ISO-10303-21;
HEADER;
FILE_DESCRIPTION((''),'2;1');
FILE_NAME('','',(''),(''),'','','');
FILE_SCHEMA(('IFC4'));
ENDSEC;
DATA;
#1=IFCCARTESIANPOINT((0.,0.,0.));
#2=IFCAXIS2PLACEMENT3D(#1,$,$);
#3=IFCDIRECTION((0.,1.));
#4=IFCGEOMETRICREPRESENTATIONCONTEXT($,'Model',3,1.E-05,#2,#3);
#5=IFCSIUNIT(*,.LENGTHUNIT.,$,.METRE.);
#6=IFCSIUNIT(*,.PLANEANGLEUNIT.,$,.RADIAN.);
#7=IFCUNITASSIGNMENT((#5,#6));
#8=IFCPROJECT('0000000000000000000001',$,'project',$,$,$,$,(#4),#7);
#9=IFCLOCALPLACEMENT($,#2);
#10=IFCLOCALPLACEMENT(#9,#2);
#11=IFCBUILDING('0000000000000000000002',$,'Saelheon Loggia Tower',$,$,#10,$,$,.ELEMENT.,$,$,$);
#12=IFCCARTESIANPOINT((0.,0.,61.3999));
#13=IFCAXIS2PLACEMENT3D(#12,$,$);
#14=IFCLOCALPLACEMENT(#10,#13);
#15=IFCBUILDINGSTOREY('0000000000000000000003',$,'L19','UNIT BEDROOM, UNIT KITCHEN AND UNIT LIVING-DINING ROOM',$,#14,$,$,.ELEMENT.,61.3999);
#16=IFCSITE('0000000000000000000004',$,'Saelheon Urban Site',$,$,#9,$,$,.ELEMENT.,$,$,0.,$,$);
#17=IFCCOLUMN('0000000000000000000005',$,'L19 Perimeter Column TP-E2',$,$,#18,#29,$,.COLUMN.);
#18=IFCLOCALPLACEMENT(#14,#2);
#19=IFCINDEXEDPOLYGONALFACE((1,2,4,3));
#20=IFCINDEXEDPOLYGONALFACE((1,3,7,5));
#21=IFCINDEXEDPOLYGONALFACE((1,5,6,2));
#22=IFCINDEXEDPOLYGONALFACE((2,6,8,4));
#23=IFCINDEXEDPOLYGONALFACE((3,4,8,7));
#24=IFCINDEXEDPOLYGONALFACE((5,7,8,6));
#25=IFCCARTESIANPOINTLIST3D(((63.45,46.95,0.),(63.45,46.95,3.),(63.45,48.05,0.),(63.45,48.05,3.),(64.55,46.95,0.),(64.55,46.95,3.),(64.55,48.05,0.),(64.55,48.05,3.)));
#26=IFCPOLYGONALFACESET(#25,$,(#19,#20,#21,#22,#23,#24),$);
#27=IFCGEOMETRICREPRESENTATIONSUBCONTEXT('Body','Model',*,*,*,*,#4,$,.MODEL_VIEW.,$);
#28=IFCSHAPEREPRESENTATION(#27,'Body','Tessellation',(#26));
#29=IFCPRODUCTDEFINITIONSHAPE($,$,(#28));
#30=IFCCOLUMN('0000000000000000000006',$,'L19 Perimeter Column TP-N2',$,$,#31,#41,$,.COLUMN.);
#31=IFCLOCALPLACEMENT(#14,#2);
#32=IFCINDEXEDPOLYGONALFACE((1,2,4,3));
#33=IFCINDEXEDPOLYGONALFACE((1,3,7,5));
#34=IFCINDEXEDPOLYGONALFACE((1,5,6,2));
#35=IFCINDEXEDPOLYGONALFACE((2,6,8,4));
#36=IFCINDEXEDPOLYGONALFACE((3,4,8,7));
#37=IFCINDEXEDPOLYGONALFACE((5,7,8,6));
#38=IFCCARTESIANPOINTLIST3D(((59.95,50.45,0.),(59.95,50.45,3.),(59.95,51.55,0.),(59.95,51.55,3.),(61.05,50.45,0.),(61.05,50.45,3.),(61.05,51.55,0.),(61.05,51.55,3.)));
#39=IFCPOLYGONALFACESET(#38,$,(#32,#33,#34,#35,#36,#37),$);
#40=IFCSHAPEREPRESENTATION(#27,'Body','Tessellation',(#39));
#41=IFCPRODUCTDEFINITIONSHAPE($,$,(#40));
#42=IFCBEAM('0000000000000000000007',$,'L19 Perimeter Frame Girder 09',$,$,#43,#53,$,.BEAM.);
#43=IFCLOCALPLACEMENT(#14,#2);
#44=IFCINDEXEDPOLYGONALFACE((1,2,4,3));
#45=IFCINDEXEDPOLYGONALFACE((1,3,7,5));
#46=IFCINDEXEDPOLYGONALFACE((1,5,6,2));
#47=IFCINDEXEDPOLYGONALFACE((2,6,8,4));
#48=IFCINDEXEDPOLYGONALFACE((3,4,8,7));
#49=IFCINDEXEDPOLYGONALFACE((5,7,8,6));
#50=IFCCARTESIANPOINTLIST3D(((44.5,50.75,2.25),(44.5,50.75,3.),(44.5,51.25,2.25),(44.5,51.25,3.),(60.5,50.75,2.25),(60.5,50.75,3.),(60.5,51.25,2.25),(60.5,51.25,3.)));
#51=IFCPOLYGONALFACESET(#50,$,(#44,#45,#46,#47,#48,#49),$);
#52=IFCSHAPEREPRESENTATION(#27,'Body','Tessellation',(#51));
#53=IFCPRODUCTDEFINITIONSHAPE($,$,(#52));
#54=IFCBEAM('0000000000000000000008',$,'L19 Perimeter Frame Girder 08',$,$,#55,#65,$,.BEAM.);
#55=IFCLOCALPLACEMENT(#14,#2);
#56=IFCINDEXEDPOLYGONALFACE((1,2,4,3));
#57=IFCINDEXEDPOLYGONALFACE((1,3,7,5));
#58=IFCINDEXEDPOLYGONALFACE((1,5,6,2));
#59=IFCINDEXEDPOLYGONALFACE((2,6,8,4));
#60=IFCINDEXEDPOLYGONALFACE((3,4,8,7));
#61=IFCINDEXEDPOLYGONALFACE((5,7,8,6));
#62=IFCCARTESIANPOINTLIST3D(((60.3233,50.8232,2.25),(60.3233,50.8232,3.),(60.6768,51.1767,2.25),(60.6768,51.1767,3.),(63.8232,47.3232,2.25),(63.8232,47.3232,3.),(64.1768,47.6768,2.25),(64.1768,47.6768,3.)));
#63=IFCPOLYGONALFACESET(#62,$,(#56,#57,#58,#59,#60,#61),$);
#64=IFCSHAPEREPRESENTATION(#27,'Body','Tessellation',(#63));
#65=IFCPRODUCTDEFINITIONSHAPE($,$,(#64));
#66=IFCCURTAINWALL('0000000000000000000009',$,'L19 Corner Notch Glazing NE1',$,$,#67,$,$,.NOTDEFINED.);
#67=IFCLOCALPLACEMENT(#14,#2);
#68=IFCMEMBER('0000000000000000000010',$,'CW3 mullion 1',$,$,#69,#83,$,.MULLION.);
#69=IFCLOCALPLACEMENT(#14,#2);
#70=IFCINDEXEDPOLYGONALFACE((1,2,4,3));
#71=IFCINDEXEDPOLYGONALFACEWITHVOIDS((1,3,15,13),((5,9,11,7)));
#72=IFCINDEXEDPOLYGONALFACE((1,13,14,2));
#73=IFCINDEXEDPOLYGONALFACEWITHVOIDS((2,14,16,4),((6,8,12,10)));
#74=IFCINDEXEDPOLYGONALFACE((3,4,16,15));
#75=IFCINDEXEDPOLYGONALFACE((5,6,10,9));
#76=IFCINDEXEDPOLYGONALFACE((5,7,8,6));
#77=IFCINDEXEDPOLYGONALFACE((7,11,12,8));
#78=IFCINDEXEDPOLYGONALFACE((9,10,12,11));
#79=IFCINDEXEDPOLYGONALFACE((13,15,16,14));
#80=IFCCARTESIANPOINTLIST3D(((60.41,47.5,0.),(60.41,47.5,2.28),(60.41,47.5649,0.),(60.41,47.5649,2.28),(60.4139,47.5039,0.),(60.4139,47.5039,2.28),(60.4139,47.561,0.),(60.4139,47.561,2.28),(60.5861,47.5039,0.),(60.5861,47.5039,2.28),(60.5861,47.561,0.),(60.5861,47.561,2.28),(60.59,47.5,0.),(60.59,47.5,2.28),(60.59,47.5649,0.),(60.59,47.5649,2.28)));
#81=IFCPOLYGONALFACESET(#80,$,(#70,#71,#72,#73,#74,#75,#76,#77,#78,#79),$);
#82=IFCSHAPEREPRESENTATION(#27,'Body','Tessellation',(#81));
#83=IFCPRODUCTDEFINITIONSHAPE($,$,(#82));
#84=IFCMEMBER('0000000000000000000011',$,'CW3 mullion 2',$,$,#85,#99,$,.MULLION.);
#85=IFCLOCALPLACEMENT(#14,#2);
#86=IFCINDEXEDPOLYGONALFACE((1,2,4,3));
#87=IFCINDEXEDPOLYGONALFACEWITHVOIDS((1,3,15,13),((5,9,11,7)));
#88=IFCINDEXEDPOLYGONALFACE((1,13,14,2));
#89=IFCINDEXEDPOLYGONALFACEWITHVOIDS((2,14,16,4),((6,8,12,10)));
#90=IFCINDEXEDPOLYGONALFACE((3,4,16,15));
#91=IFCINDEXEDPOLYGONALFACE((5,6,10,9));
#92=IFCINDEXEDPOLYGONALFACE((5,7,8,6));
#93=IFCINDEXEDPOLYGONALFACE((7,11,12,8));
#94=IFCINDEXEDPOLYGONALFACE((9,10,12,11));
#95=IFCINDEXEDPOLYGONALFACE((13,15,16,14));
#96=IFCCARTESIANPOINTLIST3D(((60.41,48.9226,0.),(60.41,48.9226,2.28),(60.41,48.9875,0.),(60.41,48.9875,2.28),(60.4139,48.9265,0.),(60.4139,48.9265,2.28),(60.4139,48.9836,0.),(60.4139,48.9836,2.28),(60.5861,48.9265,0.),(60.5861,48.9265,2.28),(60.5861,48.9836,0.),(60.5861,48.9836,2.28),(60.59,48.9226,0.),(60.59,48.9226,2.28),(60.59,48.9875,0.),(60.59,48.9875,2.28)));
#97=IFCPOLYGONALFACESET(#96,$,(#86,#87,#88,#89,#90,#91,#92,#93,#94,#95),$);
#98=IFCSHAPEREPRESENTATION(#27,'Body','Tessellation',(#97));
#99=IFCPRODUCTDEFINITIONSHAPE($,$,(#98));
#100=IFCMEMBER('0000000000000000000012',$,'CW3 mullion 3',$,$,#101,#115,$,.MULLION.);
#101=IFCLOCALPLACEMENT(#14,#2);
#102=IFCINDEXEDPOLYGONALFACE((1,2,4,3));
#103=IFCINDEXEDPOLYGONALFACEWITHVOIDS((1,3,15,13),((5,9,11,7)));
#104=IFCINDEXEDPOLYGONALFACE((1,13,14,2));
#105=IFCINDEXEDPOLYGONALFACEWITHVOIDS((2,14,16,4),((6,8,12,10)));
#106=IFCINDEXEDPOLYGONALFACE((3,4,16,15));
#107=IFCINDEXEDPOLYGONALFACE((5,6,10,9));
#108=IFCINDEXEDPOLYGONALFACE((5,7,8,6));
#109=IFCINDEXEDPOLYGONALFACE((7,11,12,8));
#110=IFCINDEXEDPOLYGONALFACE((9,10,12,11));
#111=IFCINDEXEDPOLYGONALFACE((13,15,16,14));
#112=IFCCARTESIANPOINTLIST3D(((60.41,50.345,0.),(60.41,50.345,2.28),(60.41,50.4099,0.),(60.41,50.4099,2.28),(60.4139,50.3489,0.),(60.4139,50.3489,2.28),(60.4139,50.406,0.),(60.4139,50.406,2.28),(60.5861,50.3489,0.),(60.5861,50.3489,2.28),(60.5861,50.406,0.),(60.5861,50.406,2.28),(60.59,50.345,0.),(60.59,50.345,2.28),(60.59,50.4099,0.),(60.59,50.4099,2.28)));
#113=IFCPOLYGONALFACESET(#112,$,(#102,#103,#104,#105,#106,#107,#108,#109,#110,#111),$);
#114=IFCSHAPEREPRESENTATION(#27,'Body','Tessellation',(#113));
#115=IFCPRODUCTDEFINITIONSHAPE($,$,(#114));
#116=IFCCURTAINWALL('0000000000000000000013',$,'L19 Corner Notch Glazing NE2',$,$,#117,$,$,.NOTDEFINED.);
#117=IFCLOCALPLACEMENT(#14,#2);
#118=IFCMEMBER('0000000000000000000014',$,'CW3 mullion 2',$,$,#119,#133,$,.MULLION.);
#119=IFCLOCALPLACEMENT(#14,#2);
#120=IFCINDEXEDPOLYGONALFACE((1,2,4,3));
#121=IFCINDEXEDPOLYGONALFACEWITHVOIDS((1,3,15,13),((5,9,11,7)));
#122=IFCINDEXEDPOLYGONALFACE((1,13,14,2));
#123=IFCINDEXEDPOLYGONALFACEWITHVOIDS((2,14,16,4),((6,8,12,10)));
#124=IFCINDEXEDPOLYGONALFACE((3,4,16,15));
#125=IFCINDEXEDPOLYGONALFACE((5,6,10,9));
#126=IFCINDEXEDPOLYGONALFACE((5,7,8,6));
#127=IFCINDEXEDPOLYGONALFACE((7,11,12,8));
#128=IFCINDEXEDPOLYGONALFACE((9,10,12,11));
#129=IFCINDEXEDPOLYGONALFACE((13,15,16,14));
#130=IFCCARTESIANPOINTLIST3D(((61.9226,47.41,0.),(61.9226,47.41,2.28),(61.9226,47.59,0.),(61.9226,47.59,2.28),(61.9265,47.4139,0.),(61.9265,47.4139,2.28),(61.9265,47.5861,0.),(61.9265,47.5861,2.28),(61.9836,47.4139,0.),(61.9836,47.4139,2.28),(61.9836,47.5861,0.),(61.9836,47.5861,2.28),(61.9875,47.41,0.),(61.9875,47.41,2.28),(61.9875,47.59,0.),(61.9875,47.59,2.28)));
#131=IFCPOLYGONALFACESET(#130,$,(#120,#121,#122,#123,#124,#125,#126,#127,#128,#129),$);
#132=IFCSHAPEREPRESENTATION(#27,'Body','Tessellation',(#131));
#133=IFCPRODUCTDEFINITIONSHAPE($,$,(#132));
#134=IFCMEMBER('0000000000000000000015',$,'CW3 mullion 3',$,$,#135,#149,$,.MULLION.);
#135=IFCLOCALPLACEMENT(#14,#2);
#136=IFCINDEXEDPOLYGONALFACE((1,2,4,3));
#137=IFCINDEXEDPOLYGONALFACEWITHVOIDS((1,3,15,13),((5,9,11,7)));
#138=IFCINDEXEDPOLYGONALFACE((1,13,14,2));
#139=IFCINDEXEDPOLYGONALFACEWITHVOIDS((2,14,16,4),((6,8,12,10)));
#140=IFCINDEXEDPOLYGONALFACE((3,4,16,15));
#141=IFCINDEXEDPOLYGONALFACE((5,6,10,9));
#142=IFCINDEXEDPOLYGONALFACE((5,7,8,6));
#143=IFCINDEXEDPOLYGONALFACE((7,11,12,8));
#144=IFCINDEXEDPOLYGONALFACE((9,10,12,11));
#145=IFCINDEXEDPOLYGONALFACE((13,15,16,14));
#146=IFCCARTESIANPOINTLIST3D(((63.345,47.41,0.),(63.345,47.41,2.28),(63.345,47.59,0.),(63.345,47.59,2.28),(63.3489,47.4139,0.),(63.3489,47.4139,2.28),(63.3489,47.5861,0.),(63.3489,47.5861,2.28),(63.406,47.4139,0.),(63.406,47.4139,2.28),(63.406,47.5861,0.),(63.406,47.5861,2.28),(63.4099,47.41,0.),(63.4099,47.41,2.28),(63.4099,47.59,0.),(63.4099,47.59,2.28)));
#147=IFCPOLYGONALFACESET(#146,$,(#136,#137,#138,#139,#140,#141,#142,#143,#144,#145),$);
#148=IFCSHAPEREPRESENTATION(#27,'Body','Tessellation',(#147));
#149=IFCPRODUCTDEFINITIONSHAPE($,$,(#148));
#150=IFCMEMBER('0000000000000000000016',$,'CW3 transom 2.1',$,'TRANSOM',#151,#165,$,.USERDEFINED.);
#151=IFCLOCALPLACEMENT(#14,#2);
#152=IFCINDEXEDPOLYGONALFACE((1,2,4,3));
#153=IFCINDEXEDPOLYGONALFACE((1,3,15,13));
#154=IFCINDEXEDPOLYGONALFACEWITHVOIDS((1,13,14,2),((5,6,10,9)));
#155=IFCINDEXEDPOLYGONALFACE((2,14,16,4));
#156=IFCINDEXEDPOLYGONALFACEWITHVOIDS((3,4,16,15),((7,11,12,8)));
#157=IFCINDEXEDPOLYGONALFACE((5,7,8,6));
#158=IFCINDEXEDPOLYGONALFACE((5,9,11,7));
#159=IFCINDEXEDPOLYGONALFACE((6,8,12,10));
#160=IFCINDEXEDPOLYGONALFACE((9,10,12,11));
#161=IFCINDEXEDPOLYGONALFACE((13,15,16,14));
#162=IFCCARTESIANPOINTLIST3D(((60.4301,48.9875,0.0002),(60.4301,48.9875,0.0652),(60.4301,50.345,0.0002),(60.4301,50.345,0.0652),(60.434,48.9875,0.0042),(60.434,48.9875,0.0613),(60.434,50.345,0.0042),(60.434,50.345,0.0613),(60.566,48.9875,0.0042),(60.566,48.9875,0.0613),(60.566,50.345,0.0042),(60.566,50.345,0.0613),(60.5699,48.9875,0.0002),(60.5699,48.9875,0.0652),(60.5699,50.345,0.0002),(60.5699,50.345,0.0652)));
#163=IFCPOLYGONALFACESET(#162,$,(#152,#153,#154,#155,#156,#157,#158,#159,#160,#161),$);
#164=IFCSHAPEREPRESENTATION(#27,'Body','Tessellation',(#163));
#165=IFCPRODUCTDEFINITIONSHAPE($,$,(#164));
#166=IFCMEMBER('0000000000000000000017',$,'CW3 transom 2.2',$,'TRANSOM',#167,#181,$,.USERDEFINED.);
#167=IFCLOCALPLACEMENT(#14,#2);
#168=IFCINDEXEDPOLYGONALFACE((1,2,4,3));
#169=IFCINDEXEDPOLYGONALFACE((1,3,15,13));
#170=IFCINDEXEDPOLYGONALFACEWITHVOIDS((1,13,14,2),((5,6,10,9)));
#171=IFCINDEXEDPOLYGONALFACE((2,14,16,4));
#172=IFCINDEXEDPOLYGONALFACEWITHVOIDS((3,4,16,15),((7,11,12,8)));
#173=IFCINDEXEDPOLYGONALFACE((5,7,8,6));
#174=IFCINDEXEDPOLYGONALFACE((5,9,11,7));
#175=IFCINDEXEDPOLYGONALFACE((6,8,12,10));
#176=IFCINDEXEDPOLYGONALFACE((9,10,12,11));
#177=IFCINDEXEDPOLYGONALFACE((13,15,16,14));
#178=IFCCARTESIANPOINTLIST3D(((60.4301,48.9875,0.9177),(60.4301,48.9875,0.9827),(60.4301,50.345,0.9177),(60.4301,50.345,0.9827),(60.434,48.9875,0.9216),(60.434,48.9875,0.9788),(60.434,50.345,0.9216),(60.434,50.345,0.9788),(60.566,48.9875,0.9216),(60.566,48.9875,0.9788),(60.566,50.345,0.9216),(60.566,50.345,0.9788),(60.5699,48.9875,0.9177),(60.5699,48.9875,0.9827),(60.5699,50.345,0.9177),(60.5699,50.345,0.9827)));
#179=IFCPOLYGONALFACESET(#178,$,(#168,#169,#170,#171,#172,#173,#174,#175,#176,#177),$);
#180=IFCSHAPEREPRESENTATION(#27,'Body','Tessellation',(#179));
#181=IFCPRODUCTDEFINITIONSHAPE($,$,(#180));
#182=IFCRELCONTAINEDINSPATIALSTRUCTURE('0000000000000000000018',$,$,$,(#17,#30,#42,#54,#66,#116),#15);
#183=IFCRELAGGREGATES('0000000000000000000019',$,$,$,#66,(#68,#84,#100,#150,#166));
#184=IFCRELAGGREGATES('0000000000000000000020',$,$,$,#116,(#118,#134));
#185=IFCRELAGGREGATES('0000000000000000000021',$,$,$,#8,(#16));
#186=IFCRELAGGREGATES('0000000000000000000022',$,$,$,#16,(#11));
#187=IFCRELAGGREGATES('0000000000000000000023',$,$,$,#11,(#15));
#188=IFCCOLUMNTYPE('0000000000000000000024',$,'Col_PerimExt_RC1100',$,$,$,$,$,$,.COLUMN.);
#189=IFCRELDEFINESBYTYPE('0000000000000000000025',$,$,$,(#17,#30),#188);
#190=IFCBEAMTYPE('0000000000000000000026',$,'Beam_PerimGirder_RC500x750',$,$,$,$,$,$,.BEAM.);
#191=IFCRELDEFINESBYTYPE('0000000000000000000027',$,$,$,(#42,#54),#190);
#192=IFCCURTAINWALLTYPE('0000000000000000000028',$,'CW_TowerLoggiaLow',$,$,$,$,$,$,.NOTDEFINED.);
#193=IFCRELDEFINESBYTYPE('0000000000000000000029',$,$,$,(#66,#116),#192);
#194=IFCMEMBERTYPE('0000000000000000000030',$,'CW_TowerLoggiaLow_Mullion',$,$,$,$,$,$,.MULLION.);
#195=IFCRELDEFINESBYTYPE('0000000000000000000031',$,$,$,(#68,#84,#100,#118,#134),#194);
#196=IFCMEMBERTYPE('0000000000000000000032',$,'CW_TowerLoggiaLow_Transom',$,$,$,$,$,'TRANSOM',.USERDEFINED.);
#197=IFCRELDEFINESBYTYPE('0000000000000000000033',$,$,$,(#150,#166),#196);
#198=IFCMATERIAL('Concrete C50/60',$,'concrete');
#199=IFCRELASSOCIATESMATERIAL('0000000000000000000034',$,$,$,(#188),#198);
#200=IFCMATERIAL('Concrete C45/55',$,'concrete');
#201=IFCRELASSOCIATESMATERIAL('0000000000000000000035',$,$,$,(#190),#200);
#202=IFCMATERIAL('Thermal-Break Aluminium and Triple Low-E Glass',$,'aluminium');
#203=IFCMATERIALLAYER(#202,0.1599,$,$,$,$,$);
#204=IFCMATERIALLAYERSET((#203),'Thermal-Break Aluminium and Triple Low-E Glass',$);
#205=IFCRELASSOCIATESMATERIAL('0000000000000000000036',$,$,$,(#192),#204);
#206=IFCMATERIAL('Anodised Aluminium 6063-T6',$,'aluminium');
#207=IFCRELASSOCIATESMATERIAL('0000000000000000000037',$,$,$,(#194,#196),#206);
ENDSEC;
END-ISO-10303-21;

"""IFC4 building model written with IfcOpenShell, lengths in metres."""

from ifc_helpers import new_model, si_unit, direction, frame, origin, origin_2d, place, context, subcontext, project, spatial, rectangle, hollow_rectangle, extrude, source, transform, mapped, material, layer, layer_set, material_profile, profile_set, type_object, element, aggregate, save


model = new_model("IFC4")

# Units and contexts
model_context = context("Model", 3, precision=1e-05, world=origin(), true_north=direction((0.0, 1.0)))
body_context = subcontext(model_context, "Body", "Model", "MODEL_VIEW")
ifc_project = project(units=[si_unit("LENGTHUNIT", "METRE"), si_unit("PLANEANGLEUNIT", "RADIAN")], contexts=[model_context])

# Site, building, storey
site_placement = place(None, origin())
site = spatial("IfcSite", under=ifc_project, at=site_placement, Name="Saelheon Urban Site", CompositionType="ELEMENT", RefElevation=0.0)
building_placement = place(site_placement, origin())
building = spatial("IfcBuilding", under=site, at=building_placement, Name="Saelheon Loggia Tower", CompositionType="ELEMENT")
storey_placement = place(building_placement, frame((0.0, 0.0, 61.3999)))
storey = spatial("IfcBuildingStorey", under=building, at=storey_placement, Name="L19", Description="UNIT BEDROOM, UNIT KITCHEN AND UNIT LIVING-DINING ROOM", CompositionType="ELEMENT", Elevation=61.3999)

# Columns
ifc_material_1 = material(Name="Concrete C50/60", Category="concrete")
ifc_material_profile_1 = material_profile(ifc_material_1, rectangle(XDim=1.1001, YDim=1.1001, at=origin_2d()), Name="RC-1100x1100")
ifc_profile_set_1 = profile_set([ifc_material_profile_1], Name="Concrete C50/60")
column_type = type_object("IfcColumnType", Name="Col_PerimExt_RC1100", PredefinedType="COLUMN", material=ifc_profile_set_1)
shared_shape_1 = source(origin(), body_context, "Body", "SweptSolid", [
    extrude(rectangle(XDim=1.1001, YDim=1.1001, at=origin_2d()), origin(), (0.0, 0.0, 1.0), 3.0),
])
for number, where, z_axis, x_axis, name in (
    (1, (64.0, 47.5, 0.0), (0.0, 0.0, 1.0), (1.0, 0.0, 0.0), "L19 Perimeter Column TP-E2"),
    (2, (60.5, 51.0, 0.0), (0.0, 0.0, 1.0), (1.0, 0.0, 0.0), "L19 Perimeter Column TP-N2"),
):
    element("IfcColumn", number, at=place(storey_placement, frame(where, z_axis=z_axis, x_axis=x_axis)), inside=storey, type_object=column_type, Name=name, PredefinedType="COLUMN", context=body_context, shape_type="MappedRepresentation", body=[
        mapped(shared_shape_1, transform((0.0, 0.0, 0.0), scale=1.0)),
    ])

# Beams
ifc_material_2 = material(Name="Concrete C45/55", Category="concrete")
ifc_material_profile_2 = material_profile(ifc_material_2, rectangle(XDim=0.5, YDim=0.75, at=origin_2d()), Name="RC-500x750")
ifc_profile_set_2 = profile_set([ifc_material_profile_2], Name="Concrete C45/55")
beam_type = type_object("IfcBeamType", Name="Beam_PerimGirder_RC500x750", PredefinedType="BEAM", material=ifc_profile_set_2)
shared_shape_2 = source(origin(), body_context, "Body", "SweptSolid", [
    extrude(rectangle(XDim=0.5, YDim=0.75, at=origin_2d()), origin(), (0.0, 0.0, 1.0), 16.0),
])
beam_1_placement = place(storey_placement, frame((60.5, 51.0, 2.625), z_axis=(-1.0, 0.0, 0.0), x_axis=(0.0, -1.0, 0.0)))
element("IfcBeam", 3, at=beam_1_placement, inside=storey, type_object=beam_type, Name="L19 Perimeter Frame Girder 09", PredefinedType="BEAM", context=body_context, shape_type="MappedRepresentation", body=[
    mapped(shared_shape_2, transform((0.0, 0.0, 0.0), scale=1.0)),
])
shared_shape_3 = source(origin(), body_context, "Body", "SweptSolid", [
    extrude(rectangle(XDim=0.5, YDim=0.75, at=origin_2d()), origin(), (0.0, 0.0, 1.0), 4.9497),
])
beam_2_placement = place(storey_placement, frame((64.0, 47.5, 2.625), z_axis=(-0.707107, 0.707107, 0.0), x_axis=(-0.707107, -0.707107, 0.0)))
element("IfcBeam", 4, at=beam_2_placement, inside=storey, type_object=beam_type, Name="L19 Perimeter Frame Girder 08", PredefinedType="BEAM", context=body_context, shape_type="MappedRepresentation", body=[
    mapped(shared_shape_3, transform((0.0, 0.0, 0.0), scale=1.0)),
])

# Curtain walls, members
ifc_material_3 = material(Name="Thermal-Break Aluminium and Triple Low-E Glass", Category="aluminium")
ifc_layer_1 = layer(ifc_material_3, 0.1599)
ifc_layer_set_1 = layer_set([ifc_layer_1], Name="Thermal-Break Aluminium and Triple Low-E Glass")
curtain_wall_type = type_object("IfcCurtainWallType", Name="CW_TowerLoggiaLow", PredefinedType="NOTDEFINED", material=ifc_layer_set_1)
curtain_wall_1_placement = place(storey_placement, origin())
curtain_wall_1 = element("IfcCurtainWall", 5, at=curtain_wall_1_placement, inside=storey, type_object=curtain_wall_type, Name="L19 Corner Notch Glazing NE1", PredefinedType="NOTDEFINED")
ifc_material_4 = material(Name="Anodised Aluminium 6063-T6", Category="aluminium")
ifc_material_profile_3 = material_profile(ifc_material_4, hollow_rectangle(XDim=0.0649, YDim=0.1799, WallThickness=0.0039, at=origin_2d()), Name="RHS-180x65x4")
ifc_profile_set_3 = profile_set([ifc_material_profile_3], Name="Anodised Aluminium 6063-T6")
member_type_1 = type_object("IfcMemberType", Name="CW_TowerLoggiaLow_Mullion", PredefinedType="MULLION", material=ifc_profile_set_3)
shared_shape_4 = source(origin(), body_context, "Body", "SweptSolid", [
    extrude(hollow_rectangle(XDim=0.0649, YDim=0.1799, WallThickness=0.0039, at=origin_2d()), origin(), (0.0, 0.0, 1.0), 2.28),
])
member_1_placement = place(storey_placement, frame((60.5, 47.5325, 0.0), z_axis=(0.0, 0.0, 1.0), x_axis=(0.0, 1.0, 0.0)))
member_1 = element("IfcMember", 6, at=member_1_placement, type_object=member_type_1, Name="CW3 mullion 1", PredefinedType="MULLION", context=body_context, shape_type="MappedRepresentation", body=[
    mapped(shared_shape_4, transform((0.0, 0.0, 0.0), scale=1.0)),
])
member_2_placement = place(storey_placement, frame((60.5, 48.9551, 0.0), z_axis=(0.0, 0.0, 1.0), x_axis=(0.0, 1.0, 0.0)))
member_2 = element("IfcMember", 7, at=member_2_placement, type_object=member_type_1, Name="CW3 mullion 2", PredefinedType="MULLION", context=body_context, shape_type="MappedRepresentation", body=[
    mapped(shared_shape_4, transform((0.0, 0.0, 0.0), scale=1.0)),
])
member_3_placement = place(storey_placement, frame((60.5, 50.3774, 0.0), z_axis=(0.0, 0.0, 1.0), x_axis=(0.0, 1.0, 0.0)))
member_3 = element("IfcMember", 8, at=member_3_placement, type_object=member_type_1, Name="CW3 mullion 3", PredefinedType="MULLION", context=body_context, shape_type="MappedRepresentation", body=[
    mapped(shared_shape_4, transform((0.0, 0.0, 0.0), scale=1.0)),
])
curtain_wall_2_placement = place(storey_placement, origin())
curtain_wall_2 = element("IfcCurtainWall", 9, at=curtain_wall_2_placement, inside=storey, type_object=curtain_wall_type, Name="L19 Corner Notch Glazing NE2", PredefinedType="NOTDEFINED")
member_4_placement = place(storey_placement, frame((61.9551, 47.5, 0.0), z_axis=(0.0, 0.0, 1.0), x_axis=(1.0, 0.0, 0.0)))
member_4 = element("IfcMember", 10, at=member_4_placement, type_object=member_type_1, Name="CW3 mullion 2", PredefinedType="MULLION", context=body_context, shape_type="MappedRepresentation", body=[
    mapped(shared_shape_4, transform((0.0, 0.0, 0.0), scale=1.0)),
])
member_5_placement = place(storey_placement, frame((63.3774, 47.5, 0.0), z_axis=(0.0, 0.0, 1.0), x_axis=(1.0, 0.0, 0.0)))
member_5 = element("IfcMember", 11, at=member_5_placement, type_object=member_type_1, Name="CW3 mullion 3", PredefinedType="MULLION", context=body_context, shape_type="MappedRepresentation", body=[
    mapped(shared_shape_4, transform((0.0, 0.0, 0.0), scale=1.0)),
])

# Members
ifc_material_profile_4 = material_profile(ifc_material_4, hollow_rectangle(XDim=0.0649, YDim=0.1399, WallThickness=0.0039, at=origin_2d()), Name="RHS-140x65x4")
ifc_profile_set_4 = profile_set([ifc_material_profile_4], Name="Anodised Aluminium 6063-T6")
member_type_2 = type_object("IfcMemberType", Name="CW_TowerLoggiaLow_Transom", ElementType="TRANSOM", PredefinedType="USERDEFINED", material=ifc_profile_set_4)
shared_shape_5 = source(origin(), body_context, "Body", "SweptSolid", [
    extrude(hollow_rectangle(XDim=0.0649, YDim=0.1399, WallThickness=0.0039, at=origin_2d()), origin(), (0.0, 0.0, 1.0), 1.3574),
])
member_6_placement = place(storey_placement, frame((60.5, 48.9875, 0.0327), z_axis=(0.0, 1.0, 0.0), x_axis=(0.0, 0.0, 1.0)))
member_6 = element("IfcMember", 12, at=member_6_placement, type_object=member_type_2, Name="CW3 transom 2.1", ObjectType="TRANSOM", PredefinedType="USERDEFINED", context=body_context, shape_type="MappedRepresentation", body=[
    mapped(shared_shape_5, transform((0.0, 0.0, 0.0), scale=1.0)),
])
member_7_placement = place(storey_placement, frame((60.5, 48.9875, 0.9502), z_axis=(0.0, 1.0, 0.0), x_axis=(0.0, 0.0, 1.0)))
member_7 = element("IfcMember", 13, at=member_7_placement, type_object=member_type_2, Name="CW3 transom 2.2", ObjectType="TRANSOM", PredefinedType="USERDEFINED", context=body_context, shape_type="MappedRepresentation", body=[
    mapped(shared_shape_5, transform((0.0, 0.0, 0.0), scale=1.0)),
])

aggregate(curtain_wall_1, [member_1, member_2, member_3, member_6, member_7])
aggregate(curtain_wall_2, [member_4, member_5])

save(model, "model.ifc")
